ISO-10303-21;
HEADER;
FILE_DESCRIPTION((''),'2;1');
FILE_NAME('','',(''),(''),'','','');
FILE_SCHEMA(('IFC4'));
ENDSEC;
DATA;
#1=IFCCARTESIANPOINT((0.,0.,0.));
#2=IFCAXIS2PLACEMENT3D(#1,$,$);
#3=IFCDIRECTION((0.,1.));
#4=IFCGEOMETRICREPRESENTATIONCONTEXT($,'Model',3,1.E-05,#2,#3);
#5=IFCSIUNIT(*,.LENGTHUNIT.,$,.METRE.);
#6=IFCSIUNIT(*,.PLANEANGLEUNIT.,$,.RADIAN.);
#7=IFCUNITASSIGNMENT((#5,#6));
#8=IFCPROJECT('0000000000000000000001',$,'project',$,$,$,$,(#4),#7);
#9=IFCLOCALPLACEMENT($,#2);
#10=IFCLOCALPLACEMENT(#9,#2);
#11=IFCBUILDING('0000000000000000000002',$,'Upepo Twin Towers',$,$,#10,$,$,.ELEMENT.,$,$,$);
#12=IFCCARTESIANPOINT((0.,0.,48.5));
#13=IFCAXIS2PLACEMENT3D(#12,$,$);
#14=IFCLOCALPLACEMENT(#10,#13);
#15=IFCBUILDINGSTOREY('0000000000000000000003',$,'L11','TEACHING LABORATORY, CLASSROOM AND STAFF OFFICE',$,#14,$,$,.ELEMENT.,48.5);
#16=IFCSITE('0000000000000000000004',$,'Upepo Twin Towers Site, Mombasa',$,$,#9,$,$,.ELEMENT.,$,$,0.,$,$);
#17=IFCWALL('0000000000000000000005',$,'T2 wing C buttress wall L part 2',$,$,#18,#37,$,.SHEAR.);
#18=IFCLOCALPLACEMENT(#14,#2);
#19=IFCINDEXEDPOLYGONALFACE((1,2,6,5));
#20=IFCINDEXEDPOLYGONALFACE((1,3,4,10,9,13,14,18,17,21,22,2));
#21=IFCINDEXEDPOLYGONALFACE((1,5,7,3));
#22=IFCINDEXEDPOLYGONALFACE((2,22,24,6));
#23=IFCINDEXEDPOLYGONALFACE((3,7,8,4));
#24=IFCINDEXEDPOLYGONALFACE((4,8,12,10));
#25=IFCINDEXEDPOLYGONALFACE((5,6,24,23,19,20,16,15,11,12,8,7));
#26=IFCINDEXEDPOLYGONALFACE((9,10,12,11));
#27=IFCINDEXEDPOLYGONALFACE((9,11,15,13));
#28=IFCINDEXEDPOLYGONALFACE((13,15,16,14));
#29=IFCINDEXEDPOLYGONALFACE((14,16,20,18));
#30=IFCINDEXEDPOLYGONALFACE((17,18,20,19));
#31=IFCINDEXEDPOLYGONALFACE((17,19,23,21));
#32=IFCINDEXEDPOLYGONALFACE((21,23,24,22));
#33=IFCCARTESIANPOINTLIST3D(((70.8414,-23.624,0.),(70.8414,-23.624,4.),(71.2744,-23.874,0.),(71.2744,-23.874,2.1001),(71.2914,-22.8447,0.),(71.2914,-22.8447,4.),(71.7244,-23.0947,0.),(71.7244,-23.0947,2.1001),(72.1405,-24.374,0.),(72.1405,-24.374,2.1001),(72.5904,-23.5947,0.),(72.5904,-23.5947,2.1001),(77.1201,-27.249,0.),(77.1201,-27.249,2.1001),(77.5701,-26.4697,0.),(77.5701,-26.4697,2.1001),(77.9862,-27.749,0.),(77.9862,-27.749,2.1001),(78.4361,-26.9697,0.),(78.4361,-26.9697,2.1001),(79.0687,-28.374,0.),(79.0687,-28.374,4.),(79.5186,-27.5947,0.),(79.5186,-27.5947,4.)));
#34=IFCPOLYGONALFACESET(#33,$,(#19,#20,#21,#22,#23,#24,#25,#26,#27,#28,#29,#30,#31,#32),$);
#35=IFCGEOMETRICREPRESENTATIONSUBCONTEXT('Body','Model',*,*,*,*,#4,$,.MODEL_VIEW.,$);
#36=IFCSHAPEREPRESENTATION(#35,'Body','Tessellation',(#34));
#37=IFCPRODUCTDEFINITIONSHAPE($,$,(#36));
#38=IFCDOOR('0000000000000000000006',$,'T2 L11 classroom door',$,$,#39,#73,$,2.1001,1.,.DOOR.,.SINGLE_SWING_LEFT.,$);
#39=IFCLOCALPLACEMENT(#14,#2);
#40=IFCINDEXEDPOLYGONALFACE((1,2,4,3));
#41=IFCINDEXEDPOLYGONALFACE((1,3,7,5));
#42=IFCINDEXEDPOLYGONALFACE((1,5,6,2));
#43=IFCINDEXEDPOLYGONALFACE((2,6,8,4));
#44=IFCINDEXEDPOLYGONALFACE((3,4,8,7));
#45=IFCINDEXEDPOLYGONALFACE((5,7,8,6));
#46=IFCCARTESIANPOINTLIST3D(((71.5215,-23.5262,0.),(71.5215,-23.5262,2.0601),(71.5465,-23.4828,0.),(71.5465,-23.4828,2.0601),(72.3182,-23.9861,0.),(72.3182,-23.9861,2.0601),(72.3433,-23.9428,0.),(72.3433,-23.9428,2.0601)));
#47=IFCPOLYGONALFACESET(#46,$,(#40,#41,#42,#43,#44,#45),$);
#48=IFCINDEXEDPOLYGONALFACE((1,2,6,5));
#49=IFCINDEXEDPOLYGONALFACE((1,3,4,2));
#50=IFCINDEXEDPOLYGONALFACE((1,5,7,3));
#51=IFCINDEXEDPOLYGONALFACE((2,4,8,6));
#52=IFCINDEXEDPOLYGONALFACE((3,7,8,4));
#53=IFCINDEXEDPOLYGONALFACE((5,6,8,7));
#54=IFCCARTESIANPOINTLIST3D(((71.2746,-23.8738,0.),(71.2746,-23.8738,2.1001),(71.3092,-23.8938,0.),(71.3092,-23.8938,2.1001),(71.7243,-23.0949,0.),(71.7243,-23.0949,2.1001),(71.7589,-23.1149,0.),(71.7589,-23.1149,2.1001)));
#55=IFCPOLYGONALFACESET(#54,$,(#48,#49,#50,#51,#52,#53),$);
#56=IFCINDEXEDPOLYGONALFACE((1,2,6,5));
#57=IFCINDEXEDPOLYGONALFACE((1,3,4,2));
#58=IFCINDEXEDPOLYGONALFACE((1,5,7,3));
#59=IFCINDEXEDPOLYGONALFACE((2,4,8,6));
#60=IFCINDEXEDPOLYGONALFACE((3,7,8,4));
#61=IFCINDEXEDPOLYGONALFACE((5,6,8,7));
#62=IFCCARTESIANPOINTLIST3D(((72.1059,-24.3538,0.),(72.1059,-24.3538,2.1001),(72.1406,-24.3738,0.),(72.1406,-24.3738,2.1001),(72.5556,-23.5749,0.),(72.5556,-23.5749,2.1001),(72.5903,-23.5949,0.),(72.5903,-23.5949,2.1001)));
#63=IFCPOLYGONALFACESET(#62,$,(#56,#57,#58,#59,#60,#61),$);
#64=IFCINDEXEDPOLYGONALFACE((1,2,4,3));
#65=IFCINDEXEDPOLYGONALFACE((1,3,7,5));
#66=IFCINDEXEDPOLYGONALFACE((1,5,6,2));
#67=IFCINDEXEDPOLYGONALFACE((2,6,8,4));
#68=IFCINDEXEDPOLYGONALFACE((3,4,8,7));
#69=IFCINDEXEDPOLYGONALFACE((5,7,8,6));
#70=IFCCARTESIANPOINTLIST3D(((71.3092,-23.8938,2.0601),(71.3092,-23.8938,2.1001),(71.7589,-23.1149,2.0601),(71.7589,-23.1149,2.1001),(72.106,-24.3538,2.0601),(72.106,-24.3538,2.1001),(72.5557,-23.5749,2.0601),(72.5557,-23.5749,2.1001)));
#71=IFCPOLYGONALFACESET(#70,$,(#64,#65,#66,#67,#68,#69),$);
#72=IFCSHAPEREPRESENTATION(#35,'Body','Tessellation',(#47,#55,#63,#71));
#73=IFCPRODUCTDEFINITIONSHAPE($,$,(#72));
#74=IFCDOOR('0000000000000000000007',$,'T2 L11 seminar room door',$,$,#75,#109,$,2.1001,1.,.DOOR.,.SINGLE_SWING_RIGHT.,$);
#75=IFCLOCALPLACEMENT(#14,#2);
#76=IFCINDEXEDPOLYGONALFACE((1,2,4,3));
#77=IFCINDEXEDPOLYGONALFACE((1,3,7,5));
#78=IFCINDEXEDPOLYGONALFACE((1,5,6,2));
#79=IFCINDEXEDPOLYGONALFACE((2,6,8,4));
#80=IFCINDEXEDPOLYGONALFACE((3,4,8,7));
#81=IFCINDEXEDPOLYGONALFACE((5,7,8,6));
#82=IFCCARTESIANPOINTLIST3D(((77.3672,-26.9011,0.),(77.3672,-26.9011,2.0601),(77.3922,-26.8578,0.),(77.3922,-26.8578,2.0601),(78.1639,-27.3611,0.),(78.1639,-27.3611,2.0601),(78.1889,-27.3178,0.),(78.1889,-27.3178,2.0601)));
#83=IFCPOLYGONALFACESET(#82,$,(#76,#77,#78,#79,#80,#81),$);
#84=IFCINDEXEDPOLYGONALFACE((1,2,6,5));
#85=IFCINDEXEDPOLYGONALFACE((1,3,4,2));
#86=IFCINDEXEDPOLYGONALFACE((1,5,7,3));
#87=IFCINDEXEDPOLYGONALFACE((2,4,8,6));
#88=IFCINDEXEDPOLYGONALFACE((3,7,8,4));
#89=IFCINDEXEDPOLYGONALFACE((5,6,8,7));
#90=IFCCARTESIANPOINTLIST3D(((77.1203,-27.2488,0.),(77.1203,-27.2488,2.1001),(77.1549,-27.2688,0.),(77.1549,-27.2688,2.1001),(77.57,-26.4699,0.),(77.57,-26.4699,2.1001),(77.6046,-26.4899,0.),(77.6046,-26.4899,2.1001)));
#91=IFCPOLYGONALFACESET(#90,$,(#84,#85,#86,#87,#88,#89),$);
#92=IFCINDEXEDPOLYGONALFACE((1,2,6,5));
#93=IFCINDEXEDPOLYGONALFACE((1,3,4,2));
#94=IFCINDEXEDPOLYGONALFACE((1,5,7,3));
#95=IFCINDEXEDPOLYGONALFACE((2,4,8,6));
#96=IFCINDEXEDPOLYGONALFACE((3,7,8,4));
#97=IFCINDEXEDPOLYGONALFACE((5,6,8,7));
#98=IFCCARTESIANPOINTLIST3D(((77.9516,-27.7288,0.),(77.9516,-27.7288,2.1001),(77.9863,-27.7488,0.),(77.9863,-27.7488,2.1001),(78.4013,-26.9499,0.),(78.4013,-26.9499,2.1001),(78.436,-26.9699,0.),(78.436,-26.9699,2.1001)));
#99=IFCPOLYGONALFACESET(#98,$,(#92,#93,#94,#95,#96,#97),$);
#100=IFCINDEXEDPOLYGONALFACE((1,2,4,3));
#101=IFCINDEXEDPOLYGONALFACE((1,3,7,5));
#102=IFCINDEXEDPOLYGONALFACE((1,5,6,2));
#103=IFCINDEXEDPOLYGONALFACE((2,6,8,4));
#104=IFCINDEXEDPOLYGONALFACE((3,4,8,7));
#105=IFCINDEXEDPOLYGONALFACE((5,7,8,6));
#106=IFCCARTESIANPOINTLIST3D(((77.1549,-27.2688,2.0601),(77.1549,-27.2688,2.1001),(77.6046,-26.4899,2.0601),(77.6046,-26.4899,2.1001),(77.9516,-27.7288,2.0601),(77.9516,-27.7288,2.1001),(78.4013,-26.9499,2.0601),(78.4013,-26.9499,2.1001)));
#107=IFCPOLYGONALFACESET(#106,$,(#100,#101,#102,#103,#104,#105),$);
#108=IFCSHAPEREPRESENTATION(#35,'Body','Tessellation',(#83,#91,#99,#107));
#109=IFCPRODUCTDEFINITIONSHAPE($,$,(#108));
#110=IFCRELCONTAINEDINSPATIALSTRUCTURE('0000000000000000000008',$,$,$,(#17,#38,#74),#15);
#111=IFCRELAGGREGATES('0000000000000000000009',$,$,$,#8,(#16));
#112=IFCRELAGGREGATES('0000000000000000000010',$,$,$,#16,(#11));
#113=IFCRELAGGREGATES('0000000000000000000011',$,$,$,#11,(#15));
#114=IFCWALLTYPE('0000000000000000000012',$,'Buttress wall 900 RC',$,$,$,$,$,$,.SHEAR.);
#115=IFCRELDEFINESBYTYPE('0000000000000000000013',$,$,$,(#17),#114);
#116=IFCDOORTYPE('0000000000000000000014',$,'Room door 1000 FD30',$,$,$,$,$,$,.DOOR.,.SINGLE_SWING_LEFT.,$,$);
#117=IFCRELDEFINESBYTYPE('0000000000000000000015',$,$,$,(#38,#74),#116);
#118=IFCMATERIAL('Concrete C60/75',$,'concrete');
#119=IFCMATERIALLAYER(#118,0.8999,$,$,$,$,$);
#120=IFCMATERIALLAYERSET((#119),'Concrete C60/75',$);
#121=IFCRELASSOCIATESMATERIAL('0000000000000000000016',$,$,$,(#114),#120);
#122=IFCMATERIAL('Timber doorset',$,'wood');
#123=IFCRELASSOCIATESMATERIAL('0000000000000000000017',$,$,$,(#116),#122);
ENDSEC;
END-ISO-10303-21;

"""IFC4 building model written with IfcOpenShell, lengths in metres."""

from ifc_helpers import new_model, si_unit, direction, frame, frame_2d, origin, place, context, subcontext, project, spatial, rectangle, extrude, material, layer, layer_set, type_object, element, fill, save


model = new_model("IFC4")

# Units and contexts
model_context = context("Model", 3, precision=1e-05, world=origin(), true_north=direction((0.0, 1.0)))
body_context = subcontext(model_context, "Body", "Model", "MODEL_VIEW")
ifc_project = project(units=[si_unit("LENGTHUNIT", "METRE"), si_unit("PLANEANGLEUNIT", "RADIAN")], contexts=[model_context])

# Site, building, storey
site_placement = place(None, origin())
site = spatial("IfcSite", under=ifc_project, at=site_placement, Name="Upepo Twin Towers Site, Mombasa", CompositionType="ELEMENT", RefElevation=0.0)
building_placement = place(site_placement, origin())
building = spatial("IfcBuilding", under=site, at=building_placement, Name="Upepo Twin Towers", CompositionType="ELEMENT")
storey_placement = place(building_placement, frame((0.0, 0.0, 48.5)))
storey = spatial("IfcBuildingStorey", under=building, at=storey_placement, Name="L11", Description="TEACHING LABORATORY, CLASSROOM AND STAFF OFFICE", CompositionType="ELEMENT", Elevation=48.5)

# Wall, openings, doors
ifc_material_1 = material(Name="Concrete C60/75", Category="concrete")
ifc_layer_1 = layer(ifc_material_1, 0.8999)
ifc_layer_set_1 = layer_set([ifc_layer_1], Name="Concrete C60/75")
wall_type_1 = type_object("IfcWallType", Name="Buttress wall 900 RC", PredefinedType="SHEAR", material=ifc_layer_set_1)
wall_1_placement = place(storey_placement, frame((71.0664, -23.2344, 0.0), z_axis=(0.0, 0.0, 1.0), x_axis=(0.866027, -0.499998, 0.0)))
wall_1 = element("IfcWall", 1, at=wall_1_placement, inside=storey, type_object=wall_type_1, Name="T2 wing C buttress wall L part 2", PredefinedType="SHEAR", context=body_context, shape_type="SweptSolid", body=[
    extrude(rectangle(XDim=9.5, YDim=0.8999, at=frame_2d((4.75, 0.0))), origin(), (0.0, 0.0, 1.0), 4.0),
])
opening_1_placement = place(wall_1_placement, frame((0.5, 0.0, 0.0)))
opening_1 = element("IfcOpeningElement", 2, at=opening_1_placement, cuts=wall_1, PredefinedType="OPENING", context=body_context, shape_type="SweptSolid", body=[
    extrude(rectangle(XDim=1.0, YDim=2.1001, at=frame_2d((0.5, 1.05))), frame((0.0, 0.46, 0.0), z_axis=(0.0, -1.0, 0.0), x_axis=(1.0, 0.0, 0.0)), (0.0, 0.0, 1.0), 0.9199),
])
opening_2_placement = place(wall_1_placement, frame((7.25, 0.0, 0.0)))
opening_2 = element("IfcOpeningElement", 3, at=opening_2_placement, cuts=wall_1, PredefinedType="OPENING", context=body_context, shape_type="SweptSolid", body=[
    extrude(rectangle(XDim=1.0, YDim=2.1001, at=frame_2d((0.5, 1.05))), frame((0.0, 0.46, 0.0), z_axis=(0.0, -1.0, 0.0), x_axis=(1.0, 0.0, 0.0)), (0.0, 0.0, 1.0), 0.9199),
])
ifc_material_2 = material(Name="Timber doorset", Category="wood")
door_type = type_object("IfcDoorType", Name="Room door 1000 FD30", OperationType="SINGLE_SWING_LEFT", PredefinedType="DOOR", material=ifc_material_2)
door_1_placement = place(opening_1_placement, origin())
door_1 = element("IfcDoor", 4, at=door_1_placement, inside=storey, type_object=door_type, Name="T2 L11 classroom door", OperationType="SINGLE_SWING_LEFT", OverallHeight=2.1001, OverallWidth=1.0, PredefinedType="DOOR", context=body_context, shape_type="SweptSolid", body=[
    extrude(rectangle(XDim=0.92, YDim=2.0601, at=frame_2d((0.5, 1.03))), frame((0.0, 0.0249, 0.0), z_axis=(0.0, -1.0, 0.0), x_axis=(1.0, 0.0, 0.0)), (0.0, 0.0, 1.0), 0.05),
    extrude(rectangle(XDim=0.04, YDim=2.1001, at=frame_2d((0.02, 1.05))), frame((0.0, 0.4497, 0.0), z_axis=(0.0, -1.0, 0.0), x_axis=(1.0, 0.0, 0.0)), (0.0, 0.0, 1.0), 0.8994),
    extrude(rectangle(XDim=0.04, YDim=2.1001, at=frame_2d((0.98, 1.05))), frame((0.0, 0.4497, 0.0), z_axis=(0.0, -1.0, 0.0), x_axis=(1.0, 0.0, 0.0)), (0.0, 0.0, 1.0), 0.8994),
    extrude(rectangle(XDim=0.92, YDim=0.04, at=frame_2d((0.5, 2.0801))), frame((0.0, 0.4497, 0.0), z_axis=(0.0, -1.0, 0.0), x_axis=(1.0, 0.0, 0.0)), (0.0, 0.0, 1.0), 0.8994),
])
fill(opening_1, door_1)
door_2_placement = place(opening_2_placement, origin())
door_2 = element("IfcDoor", 5, at=door_2_placement, inside=storey, type_object=door_type, Name="T2 L11 seminar room door", OperationType="SINGLE_SWING_RIGHT", OverallHeight=2.1001, OverallWidth=1.0, PredefinedType="DOOR", context=body_context, shape_type="SweptSolid", body=[
    extrude(rectangle(XDim=0.92, YDim=2.0601, at=frame_2d((0.5, 1.03))), frame((0.0, 0.0249, 0.0), z_axis=(0.0, -1.0, 0.0), x_axis=(1.0, 0.0, 0.0)), (0.0, 0.0, 1.0), 0.05),
    extrude(rectangle(XDim=0.04, YDim=2.1001, at=frame_2d((0.02, 1.05))), frame((0.0, 0.4497, 0.0), z_axis=(0.0, -1.0, 0.0), x_axis=(1.0, 0.0, 0.0)), (0.0, 0.0, 1.0), 0.8994),
    extrude(rectangle(XDim=0.04, YDim=2.1001, at=frame_2d((0.98, 1.05))), frame((0.0, 0.4497, 0.0), z_axis=(0.0, -1.0, 0.0), x_axis=(1.0, 0.0, 0.0)), (0.0, 0.0, 1.0), 0.8994),
    extrude(rectangle(XDim=0.92, YDim=0.04, at=frame_2d((0.5, 2.0801))), frame((0.0, 0.4497, 0.0), z_axis=(0.0, -1.0, 0.0), x_axis=(1.0, 0.0, 0.0)), (0.0, 0.0, 1.0), 0.8994),
])
fill(opening_2, door_2)

save(model, "model.ifc")
